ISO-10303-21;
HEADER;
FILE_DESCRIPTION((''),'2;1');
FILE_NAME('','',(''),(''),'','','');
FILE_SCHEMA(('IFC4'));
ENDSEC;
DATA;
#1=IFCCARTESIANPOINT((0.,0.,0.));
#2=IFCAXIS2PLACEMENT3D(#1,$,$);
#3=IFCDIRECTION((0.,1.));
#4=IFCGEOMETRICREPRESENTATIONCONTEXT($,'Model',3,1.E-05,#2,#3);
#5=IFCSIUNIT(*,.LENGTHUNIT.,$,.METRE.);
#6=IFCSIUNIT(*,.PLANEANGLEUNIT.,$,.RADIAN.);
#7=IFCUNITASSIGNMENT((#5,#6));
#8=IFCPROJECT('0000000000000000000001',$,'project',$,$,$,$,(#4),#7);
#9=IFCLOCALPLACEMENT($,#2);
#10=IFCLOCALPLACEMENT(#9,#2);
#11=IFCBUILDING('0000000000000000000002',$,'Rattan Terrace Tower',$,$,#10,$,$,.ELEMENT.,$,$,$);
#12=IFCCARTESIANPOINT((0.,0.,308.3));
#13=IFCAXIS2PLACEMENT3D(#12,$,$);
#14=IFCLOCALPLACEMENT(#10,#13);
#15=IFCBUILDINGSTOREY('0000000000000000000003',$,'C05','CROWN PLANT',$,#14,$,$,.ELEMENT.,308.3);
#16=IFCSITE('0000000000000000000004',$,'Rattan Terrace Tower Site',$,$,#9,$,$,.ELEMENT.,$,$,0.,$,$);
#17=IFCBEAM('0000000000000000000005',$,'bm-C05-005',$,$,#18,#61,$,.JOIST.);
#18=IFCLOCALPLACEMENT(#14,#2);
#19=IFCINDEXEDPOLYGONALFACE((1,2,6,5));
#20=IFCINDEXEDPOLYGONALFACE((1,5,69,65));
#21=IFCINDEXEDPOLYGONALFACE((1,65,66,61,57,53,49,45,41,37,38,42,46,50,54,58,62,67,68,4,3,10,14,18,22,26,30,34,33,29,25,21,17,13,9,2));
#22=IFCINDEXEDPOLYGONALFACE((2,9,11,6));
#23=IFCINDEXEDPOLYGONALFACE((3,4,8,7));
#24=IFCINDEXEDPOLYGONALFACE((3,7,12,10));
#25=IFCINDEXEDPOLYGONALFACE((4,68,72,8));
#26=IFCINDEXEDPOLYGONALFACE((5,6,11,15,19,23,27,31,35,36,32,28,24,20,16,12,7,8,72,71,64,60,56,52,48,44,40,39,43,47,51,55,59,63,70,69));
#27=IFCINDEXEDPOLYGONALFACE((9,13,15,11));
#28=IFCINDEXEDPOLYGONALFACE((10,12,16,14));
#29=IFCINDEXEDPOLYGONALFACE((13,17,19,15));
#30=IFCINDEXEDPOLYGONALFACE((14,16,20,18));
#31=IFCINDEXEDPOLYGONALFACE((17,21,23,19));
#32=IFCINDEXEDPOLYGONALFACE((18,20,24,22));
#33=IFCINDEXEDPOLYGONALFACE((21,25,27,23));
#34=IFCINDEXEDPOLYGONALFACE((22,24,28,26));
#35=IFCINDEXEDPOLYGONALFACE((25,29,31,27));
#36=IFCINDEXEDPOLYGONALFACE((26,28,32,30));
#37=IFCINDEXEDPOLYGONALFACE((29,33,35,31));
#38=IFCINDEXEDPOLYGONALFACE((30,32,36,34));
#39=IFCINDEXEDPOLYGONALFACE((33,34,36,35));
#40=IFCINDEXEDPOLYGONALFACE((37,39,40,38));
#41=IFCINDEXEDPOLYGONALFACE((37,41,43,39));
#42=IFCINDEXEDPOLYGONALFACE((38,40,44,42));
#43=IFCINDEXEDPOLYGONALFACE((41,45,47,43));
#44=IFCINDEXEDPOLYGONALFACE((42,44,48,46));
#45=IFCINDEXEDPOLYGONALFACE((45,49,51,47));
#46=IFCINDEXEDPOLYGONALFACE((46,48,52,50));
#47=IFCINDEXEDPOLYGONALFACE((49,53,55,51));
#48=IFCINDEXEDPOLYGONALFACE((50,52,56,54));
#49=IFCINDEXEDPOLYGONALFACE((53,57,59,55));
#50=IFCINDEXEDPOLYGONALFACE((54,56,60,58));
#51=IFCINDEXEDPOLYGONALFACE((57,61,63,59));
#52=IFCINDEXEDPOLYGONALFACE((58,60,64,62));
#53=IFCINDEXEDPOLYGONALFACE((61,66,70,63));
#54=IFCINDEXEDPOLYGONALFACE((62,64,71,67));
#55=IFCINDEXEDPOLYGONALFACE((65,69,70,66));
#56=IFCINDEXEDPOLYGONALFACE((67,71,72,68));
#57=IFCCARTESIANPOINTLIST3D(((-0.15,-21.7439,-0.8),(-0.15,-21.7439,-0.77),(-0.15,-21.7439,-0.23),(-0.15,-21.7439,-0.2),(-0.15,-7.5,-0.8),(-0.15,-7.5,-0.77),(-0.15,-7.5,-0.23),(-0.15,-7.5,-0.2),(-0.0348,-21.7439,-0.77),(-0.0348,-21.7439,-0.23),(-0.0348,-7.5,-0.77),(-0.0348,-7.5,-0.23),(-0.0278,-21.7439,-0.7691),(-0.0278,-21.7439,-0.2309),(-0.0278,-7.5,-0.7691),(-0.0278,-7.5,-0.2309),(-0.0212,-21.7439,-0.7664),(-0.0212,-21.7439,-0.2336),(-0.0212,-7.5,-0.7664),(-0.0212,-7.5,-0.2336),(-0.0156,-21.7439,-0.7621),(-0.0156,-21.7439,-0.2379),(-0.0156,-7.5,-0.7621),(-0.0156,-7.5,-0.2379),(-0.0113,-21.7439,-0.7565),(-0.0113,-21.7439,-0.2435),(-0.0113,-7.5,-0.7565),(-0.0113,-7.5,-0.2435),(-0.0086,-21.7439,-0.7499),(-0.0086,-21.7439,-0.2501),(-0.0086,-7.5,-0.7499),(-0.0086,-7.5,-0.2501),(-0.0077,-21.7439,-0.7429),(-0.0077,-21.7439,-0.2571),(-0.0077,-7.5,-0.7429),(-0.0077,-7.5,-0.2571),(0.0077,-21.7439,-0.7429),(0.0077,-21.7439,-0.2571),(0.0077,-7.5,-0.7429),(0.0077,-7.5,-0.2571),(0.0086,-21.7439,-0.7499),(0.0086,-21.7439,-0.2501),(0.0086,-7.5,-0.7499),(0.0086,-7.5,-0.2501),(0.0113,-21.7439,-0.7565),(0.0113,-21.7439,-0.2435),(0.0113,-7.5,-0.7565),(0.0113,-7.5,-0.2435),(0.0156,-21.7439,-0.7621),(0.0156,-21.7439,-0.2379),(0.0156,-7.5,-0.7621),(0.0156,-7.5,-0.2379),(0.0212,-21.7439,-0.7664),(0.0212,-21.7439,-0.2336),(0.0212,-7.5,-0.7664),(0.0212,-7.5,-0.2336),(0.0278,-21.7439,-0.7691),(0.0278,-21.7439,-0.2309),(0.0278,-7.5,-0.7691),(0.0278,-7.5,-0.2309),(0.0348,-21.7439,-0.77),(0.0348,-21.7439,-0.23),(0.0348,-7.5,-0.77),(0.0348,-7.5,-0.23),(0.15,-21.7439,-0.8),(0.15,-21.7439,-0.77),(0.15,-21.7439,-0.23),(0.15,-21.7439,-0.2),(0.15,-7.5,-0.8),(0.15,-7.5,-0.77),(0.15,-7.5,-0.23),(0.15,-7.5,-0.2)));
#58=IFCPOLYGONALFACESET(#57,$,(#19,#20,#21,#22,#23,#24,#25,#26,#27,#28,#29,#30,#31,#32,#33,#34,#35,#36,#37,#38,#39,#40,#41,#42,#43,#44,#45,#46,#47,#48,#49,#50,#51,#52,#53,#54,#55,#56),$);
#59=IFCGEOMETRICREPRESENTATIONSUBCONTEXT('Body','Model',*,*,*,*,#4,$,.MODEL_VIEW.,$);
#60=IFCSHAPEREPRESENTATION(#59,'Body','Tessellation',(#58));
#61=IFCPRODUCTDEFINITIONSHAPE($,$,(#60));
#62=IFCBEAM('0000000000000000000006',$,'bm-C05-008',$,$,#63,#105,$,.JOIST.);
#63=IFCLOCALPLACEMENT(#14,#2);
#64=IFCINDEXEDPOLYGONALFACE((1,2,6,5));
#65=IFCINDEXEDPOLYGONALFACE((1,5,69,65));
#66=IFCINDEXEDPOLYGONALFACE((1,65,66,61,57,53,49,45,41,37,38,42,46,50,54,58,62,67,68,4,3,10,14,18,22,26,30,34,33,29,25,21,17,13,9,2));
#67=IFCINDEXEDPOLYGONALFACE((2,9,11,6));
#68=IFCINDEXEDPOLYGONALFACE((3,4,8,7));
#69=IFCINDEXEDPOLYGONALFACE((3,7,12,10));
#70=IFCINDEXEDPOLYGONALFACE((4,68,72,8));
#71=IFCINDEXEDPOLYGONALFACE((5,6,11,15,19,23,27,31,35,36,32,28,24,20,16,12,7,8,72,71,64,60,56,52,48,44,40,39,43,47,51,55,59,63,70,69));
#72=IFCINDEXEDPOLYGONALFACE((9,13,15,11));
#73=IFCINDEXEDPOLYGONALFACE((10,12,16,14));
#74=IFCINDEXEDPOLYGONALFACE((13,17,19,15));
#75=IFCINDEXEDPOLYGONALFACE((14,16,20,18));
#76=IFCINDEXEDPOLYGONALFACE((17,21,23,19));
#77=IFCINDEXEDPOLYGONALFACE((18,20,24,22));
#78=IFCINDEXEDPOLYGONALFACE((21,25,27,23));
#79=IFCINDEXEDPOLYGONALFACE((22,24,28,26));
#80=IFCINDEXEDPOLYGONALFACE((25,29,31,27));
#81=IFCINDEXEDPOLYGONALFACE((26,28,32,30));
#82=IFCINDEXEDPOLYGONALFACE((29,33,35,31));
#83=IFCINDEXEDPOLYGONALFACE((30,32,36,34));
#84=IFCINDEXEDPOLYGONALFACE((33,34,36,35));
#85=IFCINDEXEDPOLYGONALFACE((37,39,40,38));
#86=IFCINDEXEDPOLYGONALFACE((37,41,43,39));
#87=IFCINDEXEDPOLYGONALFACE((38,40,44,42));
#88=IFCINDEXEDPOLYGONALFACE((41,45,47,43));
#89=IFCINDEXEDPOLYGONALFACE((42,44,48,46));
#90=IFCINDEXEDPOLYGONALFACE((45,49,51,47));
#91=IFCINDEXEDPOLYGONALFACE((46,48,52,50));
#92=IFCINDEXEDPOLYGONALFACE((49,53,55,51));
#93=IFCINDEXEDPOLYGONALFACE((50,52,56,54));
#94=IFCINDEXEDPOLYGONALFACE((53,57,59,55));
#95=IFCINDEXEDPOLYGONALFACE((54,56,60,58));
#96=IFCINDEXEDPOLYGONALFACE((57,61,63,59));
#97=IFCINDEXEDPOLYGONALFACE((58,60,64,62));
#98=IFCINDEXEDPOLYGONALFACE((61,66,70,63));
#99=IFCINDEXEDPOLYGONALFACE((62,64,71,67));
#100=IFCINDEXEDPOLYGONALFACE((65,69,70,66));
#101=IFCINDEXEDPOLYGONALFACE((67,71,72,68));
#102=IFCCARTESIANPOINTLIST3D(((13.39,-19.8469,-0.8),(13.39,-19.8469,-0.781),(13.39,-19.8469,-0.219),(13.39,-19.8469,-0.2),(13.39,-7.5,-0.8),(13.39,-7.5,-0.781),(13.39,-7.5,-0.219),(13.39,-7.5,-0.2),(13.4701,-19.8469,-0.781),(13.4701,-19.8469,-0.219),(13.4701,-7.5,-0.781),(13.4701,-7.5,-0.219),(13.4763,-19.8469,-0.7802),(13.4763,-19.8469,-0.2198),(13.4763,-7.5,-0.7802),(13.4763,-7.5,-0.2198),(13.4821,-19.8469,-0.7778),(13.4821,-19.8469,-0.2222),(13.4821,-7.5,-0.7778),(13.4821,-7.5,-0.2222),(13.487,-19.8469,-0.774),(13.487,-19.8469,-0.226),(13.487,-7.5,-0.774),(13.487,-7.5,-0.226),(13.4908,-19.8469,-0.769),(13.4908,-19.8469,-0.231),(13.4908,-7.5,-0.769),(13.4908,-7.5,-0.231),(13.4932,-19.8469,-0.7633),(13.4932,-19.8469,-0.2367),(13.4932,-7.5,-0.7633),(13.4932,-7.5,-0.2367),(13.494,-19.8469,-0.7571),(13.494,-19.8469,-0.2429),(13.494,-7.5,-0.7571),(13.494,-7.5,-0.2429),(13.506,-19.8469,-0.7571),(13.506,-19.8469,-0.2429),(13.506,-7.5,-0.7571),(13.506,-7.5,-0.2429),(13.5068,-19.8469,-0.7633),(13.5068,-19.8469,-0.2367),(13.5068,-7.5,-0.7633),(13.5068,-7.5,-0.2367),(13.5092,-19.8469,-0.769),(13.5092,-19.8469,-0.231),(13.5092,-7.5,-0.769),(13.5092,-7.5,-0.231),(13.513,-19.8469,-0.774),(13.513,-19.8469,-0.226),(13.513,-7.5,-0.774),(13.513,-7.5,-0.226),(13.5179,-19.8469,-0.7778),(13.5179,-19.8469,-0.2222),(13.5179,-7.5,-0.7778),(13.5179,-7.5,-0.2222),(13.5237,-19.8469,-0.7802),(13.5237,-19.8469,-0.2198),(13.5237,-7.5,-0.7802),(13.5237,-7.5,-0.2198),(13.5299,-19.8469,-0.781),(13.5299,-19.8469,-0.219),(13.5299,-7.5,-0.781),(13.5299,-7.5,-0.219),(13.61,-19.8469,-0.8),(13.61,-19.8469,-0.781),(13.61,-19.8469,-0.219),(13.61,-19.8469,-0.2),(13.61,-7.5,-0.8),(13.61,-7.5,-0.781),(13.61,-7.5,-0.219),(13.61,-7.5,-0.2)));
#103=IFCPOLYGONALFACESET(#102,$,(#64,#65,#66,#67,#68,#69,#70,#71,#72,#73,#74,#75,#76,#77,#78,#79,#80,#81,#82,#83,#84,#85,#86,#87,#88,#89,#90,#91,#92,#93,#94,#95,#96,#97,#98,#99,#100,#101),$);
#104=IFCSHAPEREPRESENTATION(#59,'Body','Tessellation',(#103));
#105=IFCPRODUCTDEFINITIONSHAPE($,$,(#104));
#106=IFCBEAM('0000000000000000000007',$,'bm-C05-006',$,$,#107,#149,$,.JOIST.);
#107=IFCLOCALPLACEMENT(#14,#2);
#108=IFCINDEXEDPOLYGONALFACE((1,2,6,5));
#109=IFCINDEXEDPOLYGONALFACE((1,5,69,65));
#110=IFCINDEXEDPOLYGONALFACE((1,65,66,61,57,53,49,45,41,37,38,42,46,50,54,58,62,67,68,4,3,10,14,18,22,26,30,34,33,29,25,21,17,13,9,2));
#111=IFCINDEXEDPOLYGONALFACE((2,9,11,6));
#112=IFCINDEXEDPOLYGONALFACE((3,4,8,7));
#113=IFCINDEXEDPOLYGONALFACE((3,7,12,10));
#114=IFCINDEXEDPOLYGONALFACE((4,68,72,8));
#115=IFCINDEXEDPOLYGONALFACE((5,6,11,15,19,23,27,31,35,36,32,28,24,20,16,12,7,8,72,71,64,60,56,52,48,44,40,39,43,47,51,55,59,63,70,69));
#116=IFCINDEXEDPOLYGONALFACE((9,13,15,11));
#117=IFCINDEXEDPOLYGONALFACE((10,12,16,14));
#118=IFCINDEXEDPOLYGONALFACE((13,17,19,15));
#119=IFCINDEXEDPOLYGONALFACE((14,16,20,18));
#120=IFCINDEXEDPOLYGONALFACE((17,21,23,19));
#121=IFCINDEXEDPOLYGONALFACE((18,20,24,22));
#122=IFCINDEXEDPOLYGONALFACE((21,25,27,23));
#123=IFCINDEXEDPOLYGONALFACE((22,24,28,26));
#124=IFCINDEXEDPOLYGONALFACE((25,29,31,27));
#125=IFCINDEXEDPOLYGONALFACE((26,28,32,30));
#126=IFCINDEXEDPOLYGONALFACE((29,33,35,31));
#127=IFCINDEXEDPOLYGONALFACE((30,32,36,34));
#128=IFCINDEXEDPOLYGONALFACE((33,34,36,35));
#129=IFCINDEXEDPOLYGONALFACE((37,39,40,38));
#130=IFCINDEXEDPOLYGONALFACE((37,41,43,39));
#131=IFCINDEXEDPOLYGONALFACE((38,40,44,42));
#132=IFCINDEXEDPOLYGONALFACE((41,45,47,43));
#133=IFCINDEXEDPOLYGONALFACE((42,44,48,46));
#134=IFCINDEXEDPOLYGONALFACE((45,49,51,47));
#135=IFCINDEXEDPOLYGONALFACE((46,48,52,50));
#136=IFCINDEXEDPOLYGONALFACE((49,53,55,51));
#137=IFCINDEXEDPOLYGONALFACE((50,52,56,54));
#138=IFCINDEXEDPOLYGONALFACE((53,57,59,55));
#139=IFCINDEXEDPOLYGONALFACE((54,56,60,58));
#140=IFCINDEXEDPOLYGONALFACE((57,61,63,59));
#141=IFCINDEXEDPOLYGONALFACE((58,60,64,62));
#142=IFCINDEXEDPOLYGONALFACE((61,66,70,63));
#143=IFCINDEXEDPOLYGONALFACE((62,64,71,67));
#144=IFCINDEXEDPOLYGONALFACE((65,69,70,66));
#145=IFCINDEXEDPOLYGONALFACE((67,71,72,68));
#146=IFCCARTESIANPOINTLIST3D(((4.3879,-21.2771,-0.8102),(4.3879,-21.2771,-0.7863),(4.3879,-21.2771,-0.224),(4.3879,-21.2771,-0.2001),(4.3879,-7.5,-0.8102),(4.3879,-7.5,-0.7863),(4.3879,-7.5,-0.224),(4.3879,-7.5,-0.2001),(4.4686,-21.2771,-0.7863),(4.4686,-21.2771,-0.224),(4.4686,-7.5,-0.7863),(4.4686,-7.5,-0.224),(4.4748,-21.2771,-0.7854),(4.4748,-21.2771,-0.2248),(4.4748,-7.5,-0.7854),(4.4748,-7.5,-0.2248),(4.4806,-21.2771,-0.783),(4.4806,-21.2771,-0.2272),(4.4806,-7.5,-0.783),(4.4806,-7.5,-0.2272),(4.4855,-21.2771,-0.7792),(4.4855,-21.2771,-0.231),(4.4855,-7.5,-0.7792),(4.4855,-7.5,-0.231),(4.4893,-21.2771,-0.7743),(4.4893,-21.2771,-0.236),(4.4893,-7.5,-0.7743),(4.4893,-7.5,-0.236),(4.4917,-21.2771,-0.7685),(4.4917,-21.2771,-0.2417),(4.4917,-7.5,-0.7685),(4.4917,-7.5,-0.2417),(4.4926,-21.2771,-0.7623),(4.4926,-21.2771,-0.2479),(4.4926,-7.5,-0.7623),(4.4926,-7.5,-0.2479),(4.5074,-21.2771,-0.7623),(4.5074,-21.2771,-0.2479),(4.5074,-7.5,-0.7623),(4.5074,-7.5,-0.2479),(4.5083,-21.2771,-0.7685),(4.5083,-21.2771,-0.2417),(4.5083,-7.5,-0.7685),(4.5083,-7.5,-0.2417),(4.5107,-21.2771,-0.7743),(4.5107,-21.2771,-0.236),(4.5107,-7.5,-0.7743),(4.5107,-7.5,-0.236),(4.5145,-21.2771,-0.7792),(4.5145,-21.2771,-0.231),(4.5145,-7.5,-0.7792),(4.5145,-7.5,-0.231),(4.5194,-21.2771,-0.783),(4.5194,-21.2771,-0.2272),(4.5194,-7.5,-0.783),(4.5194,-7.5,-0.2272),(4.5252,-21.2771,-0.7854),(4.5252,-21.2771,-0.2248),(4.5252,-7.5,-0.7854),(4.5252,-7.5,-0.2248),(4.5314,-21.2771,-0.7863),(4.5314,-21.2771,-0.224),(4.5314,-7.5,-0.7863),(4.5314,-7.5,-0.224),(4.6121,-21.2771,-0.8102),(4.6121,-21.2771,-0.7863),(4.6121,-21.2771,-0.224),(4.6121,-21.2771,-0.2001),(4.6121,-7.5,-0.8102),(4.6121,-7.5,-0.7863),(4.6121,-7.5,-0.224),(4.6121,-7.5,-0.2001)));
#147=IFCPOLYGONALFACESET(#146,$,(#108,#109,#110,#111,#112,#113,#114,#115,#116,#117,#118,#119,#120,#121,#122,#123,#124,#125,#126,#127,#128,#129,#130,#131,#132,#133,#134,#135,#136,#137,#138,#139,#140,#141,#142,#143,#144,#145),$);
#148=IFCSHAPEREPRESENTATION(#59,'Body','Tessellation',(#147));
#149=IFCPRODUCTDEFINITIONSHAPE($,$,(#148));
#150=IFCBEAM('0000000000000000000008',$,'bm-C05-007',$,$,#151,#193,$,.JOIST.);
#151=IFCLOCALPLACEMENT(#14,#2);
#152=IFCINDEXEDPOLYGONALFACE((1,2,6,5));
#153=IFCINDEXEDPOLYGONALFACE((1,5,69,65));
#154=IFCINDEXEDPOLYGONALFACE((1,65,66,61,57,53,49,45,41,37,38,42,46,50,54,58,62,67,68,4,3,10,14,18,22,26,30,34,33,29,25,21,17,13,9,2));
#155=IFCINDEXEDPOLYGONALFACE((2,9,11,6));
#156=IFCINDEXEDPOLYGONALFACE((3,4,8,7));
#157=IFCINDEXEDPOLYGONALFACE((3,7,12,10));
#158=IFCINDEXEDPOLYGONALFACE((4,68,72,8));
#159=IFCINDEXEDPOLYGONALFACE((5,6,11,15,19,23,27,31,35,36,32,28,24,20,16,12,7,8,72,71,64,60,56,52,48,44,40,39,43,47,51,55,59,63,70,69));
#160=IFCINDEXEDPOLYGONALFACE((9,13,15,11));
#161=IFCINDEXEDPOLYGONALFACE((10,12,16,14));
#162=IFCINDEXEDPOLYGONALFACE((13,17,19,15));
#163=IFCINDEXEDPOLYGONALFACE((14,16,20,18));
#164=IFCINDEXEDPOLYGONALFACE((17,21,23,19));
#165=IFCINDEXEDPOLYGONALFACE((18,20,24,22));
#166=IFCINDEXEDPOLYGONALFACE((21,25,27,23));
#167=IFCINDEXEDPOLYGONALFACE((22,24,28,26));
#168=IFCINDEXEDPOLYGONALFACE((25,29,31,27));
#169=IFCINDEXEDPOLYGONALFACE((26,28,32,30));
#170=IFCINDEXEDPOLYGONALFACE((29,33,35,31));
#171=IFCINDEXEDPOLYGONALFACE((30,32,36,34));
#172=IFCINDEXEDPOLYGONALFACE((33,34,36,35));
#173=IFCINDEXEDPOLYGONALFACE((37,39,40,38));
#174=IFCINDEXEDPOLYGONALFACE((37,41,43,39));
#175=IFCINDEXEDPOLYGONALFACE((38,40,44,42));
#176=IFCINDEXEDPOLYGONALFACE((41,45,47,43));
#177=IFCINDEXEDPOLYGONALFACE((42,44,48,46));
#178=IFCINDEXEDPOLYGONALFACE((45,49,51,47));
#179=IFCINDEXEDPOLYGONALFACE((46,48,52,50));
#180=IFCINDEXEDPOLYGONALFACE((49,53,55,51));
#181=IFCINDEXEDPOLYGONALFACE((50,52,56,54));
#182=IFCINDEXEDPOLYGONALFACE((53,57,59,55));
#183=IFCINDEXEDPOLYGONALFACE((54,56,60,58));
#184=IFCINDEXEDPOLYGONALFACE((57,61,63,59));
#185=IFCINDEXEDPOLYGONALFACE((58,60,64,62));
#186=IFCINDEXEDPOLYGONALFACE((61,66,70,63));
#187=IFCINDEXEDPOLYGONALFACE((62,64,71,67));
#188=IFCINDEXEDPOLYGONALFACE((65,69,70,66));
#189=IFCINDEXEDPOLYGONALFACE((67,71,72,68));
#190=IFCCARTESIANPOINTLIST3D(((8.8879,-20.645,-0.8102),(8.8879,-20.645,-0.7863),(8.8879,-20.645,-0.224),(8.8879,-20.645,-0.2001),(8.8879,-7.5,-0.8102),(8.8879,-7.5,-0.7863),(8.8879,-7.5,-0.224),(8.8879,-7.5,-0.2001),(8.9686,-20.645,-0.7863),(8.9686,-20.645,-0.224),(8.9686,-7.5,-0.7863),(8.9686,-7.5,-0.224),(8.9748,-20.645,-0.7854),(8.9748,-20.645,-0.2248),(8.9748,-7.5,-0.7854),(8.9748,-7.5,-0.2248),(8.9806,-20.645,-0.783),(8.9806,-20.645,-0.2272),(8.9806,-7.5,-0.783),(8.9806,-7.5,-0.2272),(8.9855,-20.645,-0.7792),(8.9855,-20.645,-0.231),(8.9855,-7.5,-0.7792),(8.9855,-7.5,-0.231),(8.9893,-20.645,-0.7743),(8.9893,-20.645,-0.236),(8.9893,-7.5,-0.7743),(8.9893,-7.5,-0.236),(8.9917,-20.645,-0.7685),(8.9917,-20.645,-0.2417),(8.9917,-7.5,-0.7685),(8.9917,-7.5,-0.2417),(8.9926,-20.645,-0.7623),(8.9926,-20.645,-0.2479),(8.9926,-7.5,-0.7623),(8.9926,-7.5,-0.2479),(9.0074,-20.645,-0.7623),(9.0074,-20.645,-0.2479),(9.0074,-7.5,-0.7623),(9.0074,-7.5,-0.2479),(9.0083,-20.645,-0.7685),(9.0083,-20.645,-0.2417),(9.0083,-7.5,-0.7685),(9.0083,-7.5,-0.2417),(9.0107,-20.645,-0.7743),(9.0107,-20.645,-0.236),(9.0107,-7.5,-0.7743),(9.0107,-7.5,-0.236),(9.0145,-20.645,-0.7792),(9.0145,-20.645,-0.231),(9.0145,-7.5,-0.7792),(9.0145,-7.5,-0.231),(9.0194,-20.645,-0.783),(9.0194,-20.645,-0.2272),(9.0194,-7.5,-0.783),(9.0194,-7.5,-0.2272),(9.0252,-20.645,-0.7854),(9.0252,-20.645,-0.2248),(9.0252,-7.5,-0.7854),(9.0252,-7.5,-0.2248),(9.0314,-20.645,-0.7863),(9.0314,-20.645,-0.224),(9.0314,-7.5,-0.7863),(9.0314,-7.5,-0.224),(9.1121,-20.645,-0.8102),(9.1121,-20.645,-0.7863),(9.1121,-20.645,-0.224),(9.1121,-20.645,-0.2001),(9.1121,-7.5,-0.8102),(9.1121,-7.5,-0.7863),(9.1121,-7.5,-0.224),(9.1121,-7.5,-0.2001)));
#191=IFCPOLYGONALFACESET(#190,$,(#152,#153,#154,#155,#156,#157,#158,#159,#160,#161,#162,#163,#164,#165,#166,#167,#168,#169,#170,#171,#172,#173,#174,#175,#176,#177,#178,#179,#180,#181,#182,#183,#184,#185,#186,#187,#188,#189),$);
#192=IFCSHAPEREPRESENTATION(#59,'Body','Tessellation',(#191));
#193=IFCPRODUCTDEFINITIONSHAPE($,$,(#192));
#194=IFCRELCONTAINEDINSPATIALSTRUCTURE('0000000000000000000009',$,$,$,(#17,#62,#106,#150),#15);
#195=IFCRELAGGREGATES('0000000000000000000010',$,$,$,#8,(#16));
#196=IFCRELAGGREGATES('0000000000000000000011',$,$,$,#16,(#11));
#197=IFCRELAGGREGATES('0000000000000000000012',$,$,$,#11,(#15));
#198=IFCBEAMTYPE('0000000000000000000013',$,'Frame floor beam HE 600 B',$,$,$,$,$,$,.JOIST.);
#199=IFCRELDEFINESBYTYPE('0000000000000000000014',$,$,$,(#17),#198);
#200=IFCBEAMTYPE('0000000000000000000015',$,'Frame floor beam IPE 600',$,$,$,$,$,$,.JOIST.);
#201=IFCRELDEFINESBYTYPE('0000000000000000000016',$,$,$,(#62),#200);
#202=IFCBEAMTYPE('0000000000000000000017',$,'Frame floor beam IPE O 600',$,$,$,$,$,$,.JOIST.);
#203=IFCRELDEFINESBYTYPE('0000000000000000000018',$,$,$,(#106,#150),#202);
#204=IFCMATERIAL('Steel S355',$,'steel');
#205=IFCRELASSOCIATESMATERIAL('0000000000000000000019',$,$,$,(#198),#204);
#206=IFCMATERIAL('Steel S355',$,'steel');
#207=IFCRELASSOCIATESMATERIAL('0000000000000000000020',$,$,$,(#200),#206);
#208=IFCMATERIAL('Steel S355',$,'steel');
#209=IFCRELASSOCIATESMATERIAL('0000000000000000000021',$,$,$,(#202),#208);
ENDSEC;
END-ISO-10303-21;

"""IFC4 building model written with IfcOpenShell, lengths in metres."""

from ifc_helpers import new_model, si_unit, direction, frame, origin, origin_2d, place, context, subcontext, project, spatial, i_section, extrude, material, material_profile, profile_set, type_object, element, save


model = new_model("IFC4")

# Units and contexts
model_context = context("Model", 3, precision=1e-05, world=origin(), true_north=direction((0.0, 1.0)))
body_context = subcontext(model_context, "Body", "Model", "MODEL_VIEW")
ifc_project = project(units=[si_unit("LENGTHUNIT", "METRE"), si_unit("PLANEANGLEUNIT", "RADIAN")], contexts=[model_context])

# Site, building, storey
site_placement = place(None, origin())
site = spatial("IfcSite", under=ifc_project, at=site_placement, Name="Rattan Terrace Tower Site", CompositionType="ELEMENT", RefElevation=0.0)
building_placement = place(site_placement, origin())
building = spatial("IfcBuilding", under=site, at=building_placement, Name="Rattan Terrace Tower", CompositionType="ELEMENT")
storey_placement = place(building_placement, frame((0.0, 0.0, 308.3)))
storey = spatial("IfcBuildingStorey", under=building, at=storey_placement, Name="C05", Description="CROWN PLANT", CompositionType="ELEMENT", Elevation=308.3)

# Beams
ifc_material_1 = material(Name="Steel S355", Category="steel")
ifc_material_profile_1 = material_profile(ifc_material_1, i_section(OverallWidth=0.3, OverallDepth=0.6001, WebThickness=0.0154, FlangeThickness=0.03, FilletRadius=0.0271, at=origin_2d()), Name="HE 600 B")
ifc_profile_set_1 = profile_set([ifc_material_profile_1], Name="Steel S355")
beam_type_1 = type_object("IfcBeamType", Name="Frame floor beam HE 600 B", PredefinedType="JOIST", material=ifc_profile_set_1)
beam_1_placement = place(storey_placement, frame((0.0, -21.7439, -0.5), z_axis=(0.0, 1.0, 0.0), x_axis=(-1.0, 0.0, 0.0)))
element("IfcBeam", 1, at=beam_1_placement, inside=storey, type_object=beam_type_1, Name="bm-C05-005", PredefinedType="JOIST", context=body_context, shape_type="SweptSolid", body=[
    extrude(i_section(OverallWidth=0.3, OverallDepth=0.6001, WebThickness=0.0154, FlangeThickness=0.03, FilletRadius=0.0271, at=origin_2d()), origin(), (0.0, 0.0, 1.0), 14.2439),
])
ifc_material_2 = material(Name="Steel S355", Category="steel")
ifc_material_profile_2 = material_profile(ifc_material_2, i_section(OverallWidth=0.22, OverallDepth=0.6001, WebThickness=0.012, FlangeThickness=0.019, FilletRadius=0.0239, at=origin_2d()), Name="IPE 600")
ifc_profile_set_2 = profile_set([ifc_material_profile_2], Name="Steel S355")
beam_type_2 = type_object("IfcBeamType", Name="Frame floor beam IPE 600", PredefinedType="JOIST", material=ifc_profile_set_2)
beam_2_placement = place(storey_placement, frame((13.5, -19.8469, -0.5), z_axis=(0.0, 1.0, 0.0), x_axis=(-1.0, 0.0, 0.0)))
element("IfcBeam", 2, at=beam_2_placement, inside=storey, type_object=beam_type_2, Name="bm-C05-008", PredefinedType="JOIST", context=body_context, shape_type="SweptSolid", body=[
    extrude(i_section(OverallWidth=0.22, OverallDepth=0.6001, WebThickness=0.012, FlangeThickness=0.019, FilletRadius=0.0239, at=origin_2d()), origin(), (0.0, 0.0, 1.0), 12.3469),
])
ifc_material_3 = material(Name="Steel S355", Category="steel")
ifc_material_profile_3 = material_profile(ifc_material_3, i_section(OverallWidth=0.2241, OverallDepth=0.6101, WebThickness=0.0149, FlangeThickness=0.0239, FilletRadius=0.0239, at=origin_2d()), Name="IPE O 600")
ifc_profile_set_3 = profile_set([ifc_material_profile_3], Name="Steel S355")
beam_type_3 = type_object("IfcBeamType", Name="Frame floor beam IPE O 600", PredefinedType="JOIST", material=ifc_profile_set_3)
beam_3_placement = place(storey_placement, frame((4.5, -21.2771, -0.5051), z_axis=(0.0, 1.0, 0.0), x_axis=(-1.0, 0.0, 0.0)))
element("IfcBeam", 3, at=beam_3_placement, inside=storey, type_object=beam_type_3, Name="bm-C05-006", PredefinedType="JOIST", context=body_context, shape_type="SweptSolid", body=[
    extrude(i_section(OverallWidth=0.2241, OverallDepth=0.6101, WebThickness=0.0149, FlangeThickness=0.0239, FilletRadius=0.0239, at=origin_2d()), origin(), (0.0, 0.0, 1.0), 13.7771),
])
beam_4_placement = place(storey_placement, frame((9.0, -20.645, -0.5051), z_axis=(0.0, 1.0, 0.0), x_axis=(-1.0, 0.0, 0.0)))
element("IfcBeam", 4, at=beam_4_placement, inside=storey, type_object=beam_type_3, Name="bm-C05-007", PredefinedType="JOIST", context=body_context, shape_type="SweptSolid", body=[
    extrude(i_section(OverallWidth=0.2241, OverallDepth=0.6101, WebThickness=0.0149, FlangeThickness=0.0239, FilletRadius=0.0239, at=origin_2d()), origin(), (0.0, 0.0, 1.0), 13.145),
])

save(model, "model.ifc")
